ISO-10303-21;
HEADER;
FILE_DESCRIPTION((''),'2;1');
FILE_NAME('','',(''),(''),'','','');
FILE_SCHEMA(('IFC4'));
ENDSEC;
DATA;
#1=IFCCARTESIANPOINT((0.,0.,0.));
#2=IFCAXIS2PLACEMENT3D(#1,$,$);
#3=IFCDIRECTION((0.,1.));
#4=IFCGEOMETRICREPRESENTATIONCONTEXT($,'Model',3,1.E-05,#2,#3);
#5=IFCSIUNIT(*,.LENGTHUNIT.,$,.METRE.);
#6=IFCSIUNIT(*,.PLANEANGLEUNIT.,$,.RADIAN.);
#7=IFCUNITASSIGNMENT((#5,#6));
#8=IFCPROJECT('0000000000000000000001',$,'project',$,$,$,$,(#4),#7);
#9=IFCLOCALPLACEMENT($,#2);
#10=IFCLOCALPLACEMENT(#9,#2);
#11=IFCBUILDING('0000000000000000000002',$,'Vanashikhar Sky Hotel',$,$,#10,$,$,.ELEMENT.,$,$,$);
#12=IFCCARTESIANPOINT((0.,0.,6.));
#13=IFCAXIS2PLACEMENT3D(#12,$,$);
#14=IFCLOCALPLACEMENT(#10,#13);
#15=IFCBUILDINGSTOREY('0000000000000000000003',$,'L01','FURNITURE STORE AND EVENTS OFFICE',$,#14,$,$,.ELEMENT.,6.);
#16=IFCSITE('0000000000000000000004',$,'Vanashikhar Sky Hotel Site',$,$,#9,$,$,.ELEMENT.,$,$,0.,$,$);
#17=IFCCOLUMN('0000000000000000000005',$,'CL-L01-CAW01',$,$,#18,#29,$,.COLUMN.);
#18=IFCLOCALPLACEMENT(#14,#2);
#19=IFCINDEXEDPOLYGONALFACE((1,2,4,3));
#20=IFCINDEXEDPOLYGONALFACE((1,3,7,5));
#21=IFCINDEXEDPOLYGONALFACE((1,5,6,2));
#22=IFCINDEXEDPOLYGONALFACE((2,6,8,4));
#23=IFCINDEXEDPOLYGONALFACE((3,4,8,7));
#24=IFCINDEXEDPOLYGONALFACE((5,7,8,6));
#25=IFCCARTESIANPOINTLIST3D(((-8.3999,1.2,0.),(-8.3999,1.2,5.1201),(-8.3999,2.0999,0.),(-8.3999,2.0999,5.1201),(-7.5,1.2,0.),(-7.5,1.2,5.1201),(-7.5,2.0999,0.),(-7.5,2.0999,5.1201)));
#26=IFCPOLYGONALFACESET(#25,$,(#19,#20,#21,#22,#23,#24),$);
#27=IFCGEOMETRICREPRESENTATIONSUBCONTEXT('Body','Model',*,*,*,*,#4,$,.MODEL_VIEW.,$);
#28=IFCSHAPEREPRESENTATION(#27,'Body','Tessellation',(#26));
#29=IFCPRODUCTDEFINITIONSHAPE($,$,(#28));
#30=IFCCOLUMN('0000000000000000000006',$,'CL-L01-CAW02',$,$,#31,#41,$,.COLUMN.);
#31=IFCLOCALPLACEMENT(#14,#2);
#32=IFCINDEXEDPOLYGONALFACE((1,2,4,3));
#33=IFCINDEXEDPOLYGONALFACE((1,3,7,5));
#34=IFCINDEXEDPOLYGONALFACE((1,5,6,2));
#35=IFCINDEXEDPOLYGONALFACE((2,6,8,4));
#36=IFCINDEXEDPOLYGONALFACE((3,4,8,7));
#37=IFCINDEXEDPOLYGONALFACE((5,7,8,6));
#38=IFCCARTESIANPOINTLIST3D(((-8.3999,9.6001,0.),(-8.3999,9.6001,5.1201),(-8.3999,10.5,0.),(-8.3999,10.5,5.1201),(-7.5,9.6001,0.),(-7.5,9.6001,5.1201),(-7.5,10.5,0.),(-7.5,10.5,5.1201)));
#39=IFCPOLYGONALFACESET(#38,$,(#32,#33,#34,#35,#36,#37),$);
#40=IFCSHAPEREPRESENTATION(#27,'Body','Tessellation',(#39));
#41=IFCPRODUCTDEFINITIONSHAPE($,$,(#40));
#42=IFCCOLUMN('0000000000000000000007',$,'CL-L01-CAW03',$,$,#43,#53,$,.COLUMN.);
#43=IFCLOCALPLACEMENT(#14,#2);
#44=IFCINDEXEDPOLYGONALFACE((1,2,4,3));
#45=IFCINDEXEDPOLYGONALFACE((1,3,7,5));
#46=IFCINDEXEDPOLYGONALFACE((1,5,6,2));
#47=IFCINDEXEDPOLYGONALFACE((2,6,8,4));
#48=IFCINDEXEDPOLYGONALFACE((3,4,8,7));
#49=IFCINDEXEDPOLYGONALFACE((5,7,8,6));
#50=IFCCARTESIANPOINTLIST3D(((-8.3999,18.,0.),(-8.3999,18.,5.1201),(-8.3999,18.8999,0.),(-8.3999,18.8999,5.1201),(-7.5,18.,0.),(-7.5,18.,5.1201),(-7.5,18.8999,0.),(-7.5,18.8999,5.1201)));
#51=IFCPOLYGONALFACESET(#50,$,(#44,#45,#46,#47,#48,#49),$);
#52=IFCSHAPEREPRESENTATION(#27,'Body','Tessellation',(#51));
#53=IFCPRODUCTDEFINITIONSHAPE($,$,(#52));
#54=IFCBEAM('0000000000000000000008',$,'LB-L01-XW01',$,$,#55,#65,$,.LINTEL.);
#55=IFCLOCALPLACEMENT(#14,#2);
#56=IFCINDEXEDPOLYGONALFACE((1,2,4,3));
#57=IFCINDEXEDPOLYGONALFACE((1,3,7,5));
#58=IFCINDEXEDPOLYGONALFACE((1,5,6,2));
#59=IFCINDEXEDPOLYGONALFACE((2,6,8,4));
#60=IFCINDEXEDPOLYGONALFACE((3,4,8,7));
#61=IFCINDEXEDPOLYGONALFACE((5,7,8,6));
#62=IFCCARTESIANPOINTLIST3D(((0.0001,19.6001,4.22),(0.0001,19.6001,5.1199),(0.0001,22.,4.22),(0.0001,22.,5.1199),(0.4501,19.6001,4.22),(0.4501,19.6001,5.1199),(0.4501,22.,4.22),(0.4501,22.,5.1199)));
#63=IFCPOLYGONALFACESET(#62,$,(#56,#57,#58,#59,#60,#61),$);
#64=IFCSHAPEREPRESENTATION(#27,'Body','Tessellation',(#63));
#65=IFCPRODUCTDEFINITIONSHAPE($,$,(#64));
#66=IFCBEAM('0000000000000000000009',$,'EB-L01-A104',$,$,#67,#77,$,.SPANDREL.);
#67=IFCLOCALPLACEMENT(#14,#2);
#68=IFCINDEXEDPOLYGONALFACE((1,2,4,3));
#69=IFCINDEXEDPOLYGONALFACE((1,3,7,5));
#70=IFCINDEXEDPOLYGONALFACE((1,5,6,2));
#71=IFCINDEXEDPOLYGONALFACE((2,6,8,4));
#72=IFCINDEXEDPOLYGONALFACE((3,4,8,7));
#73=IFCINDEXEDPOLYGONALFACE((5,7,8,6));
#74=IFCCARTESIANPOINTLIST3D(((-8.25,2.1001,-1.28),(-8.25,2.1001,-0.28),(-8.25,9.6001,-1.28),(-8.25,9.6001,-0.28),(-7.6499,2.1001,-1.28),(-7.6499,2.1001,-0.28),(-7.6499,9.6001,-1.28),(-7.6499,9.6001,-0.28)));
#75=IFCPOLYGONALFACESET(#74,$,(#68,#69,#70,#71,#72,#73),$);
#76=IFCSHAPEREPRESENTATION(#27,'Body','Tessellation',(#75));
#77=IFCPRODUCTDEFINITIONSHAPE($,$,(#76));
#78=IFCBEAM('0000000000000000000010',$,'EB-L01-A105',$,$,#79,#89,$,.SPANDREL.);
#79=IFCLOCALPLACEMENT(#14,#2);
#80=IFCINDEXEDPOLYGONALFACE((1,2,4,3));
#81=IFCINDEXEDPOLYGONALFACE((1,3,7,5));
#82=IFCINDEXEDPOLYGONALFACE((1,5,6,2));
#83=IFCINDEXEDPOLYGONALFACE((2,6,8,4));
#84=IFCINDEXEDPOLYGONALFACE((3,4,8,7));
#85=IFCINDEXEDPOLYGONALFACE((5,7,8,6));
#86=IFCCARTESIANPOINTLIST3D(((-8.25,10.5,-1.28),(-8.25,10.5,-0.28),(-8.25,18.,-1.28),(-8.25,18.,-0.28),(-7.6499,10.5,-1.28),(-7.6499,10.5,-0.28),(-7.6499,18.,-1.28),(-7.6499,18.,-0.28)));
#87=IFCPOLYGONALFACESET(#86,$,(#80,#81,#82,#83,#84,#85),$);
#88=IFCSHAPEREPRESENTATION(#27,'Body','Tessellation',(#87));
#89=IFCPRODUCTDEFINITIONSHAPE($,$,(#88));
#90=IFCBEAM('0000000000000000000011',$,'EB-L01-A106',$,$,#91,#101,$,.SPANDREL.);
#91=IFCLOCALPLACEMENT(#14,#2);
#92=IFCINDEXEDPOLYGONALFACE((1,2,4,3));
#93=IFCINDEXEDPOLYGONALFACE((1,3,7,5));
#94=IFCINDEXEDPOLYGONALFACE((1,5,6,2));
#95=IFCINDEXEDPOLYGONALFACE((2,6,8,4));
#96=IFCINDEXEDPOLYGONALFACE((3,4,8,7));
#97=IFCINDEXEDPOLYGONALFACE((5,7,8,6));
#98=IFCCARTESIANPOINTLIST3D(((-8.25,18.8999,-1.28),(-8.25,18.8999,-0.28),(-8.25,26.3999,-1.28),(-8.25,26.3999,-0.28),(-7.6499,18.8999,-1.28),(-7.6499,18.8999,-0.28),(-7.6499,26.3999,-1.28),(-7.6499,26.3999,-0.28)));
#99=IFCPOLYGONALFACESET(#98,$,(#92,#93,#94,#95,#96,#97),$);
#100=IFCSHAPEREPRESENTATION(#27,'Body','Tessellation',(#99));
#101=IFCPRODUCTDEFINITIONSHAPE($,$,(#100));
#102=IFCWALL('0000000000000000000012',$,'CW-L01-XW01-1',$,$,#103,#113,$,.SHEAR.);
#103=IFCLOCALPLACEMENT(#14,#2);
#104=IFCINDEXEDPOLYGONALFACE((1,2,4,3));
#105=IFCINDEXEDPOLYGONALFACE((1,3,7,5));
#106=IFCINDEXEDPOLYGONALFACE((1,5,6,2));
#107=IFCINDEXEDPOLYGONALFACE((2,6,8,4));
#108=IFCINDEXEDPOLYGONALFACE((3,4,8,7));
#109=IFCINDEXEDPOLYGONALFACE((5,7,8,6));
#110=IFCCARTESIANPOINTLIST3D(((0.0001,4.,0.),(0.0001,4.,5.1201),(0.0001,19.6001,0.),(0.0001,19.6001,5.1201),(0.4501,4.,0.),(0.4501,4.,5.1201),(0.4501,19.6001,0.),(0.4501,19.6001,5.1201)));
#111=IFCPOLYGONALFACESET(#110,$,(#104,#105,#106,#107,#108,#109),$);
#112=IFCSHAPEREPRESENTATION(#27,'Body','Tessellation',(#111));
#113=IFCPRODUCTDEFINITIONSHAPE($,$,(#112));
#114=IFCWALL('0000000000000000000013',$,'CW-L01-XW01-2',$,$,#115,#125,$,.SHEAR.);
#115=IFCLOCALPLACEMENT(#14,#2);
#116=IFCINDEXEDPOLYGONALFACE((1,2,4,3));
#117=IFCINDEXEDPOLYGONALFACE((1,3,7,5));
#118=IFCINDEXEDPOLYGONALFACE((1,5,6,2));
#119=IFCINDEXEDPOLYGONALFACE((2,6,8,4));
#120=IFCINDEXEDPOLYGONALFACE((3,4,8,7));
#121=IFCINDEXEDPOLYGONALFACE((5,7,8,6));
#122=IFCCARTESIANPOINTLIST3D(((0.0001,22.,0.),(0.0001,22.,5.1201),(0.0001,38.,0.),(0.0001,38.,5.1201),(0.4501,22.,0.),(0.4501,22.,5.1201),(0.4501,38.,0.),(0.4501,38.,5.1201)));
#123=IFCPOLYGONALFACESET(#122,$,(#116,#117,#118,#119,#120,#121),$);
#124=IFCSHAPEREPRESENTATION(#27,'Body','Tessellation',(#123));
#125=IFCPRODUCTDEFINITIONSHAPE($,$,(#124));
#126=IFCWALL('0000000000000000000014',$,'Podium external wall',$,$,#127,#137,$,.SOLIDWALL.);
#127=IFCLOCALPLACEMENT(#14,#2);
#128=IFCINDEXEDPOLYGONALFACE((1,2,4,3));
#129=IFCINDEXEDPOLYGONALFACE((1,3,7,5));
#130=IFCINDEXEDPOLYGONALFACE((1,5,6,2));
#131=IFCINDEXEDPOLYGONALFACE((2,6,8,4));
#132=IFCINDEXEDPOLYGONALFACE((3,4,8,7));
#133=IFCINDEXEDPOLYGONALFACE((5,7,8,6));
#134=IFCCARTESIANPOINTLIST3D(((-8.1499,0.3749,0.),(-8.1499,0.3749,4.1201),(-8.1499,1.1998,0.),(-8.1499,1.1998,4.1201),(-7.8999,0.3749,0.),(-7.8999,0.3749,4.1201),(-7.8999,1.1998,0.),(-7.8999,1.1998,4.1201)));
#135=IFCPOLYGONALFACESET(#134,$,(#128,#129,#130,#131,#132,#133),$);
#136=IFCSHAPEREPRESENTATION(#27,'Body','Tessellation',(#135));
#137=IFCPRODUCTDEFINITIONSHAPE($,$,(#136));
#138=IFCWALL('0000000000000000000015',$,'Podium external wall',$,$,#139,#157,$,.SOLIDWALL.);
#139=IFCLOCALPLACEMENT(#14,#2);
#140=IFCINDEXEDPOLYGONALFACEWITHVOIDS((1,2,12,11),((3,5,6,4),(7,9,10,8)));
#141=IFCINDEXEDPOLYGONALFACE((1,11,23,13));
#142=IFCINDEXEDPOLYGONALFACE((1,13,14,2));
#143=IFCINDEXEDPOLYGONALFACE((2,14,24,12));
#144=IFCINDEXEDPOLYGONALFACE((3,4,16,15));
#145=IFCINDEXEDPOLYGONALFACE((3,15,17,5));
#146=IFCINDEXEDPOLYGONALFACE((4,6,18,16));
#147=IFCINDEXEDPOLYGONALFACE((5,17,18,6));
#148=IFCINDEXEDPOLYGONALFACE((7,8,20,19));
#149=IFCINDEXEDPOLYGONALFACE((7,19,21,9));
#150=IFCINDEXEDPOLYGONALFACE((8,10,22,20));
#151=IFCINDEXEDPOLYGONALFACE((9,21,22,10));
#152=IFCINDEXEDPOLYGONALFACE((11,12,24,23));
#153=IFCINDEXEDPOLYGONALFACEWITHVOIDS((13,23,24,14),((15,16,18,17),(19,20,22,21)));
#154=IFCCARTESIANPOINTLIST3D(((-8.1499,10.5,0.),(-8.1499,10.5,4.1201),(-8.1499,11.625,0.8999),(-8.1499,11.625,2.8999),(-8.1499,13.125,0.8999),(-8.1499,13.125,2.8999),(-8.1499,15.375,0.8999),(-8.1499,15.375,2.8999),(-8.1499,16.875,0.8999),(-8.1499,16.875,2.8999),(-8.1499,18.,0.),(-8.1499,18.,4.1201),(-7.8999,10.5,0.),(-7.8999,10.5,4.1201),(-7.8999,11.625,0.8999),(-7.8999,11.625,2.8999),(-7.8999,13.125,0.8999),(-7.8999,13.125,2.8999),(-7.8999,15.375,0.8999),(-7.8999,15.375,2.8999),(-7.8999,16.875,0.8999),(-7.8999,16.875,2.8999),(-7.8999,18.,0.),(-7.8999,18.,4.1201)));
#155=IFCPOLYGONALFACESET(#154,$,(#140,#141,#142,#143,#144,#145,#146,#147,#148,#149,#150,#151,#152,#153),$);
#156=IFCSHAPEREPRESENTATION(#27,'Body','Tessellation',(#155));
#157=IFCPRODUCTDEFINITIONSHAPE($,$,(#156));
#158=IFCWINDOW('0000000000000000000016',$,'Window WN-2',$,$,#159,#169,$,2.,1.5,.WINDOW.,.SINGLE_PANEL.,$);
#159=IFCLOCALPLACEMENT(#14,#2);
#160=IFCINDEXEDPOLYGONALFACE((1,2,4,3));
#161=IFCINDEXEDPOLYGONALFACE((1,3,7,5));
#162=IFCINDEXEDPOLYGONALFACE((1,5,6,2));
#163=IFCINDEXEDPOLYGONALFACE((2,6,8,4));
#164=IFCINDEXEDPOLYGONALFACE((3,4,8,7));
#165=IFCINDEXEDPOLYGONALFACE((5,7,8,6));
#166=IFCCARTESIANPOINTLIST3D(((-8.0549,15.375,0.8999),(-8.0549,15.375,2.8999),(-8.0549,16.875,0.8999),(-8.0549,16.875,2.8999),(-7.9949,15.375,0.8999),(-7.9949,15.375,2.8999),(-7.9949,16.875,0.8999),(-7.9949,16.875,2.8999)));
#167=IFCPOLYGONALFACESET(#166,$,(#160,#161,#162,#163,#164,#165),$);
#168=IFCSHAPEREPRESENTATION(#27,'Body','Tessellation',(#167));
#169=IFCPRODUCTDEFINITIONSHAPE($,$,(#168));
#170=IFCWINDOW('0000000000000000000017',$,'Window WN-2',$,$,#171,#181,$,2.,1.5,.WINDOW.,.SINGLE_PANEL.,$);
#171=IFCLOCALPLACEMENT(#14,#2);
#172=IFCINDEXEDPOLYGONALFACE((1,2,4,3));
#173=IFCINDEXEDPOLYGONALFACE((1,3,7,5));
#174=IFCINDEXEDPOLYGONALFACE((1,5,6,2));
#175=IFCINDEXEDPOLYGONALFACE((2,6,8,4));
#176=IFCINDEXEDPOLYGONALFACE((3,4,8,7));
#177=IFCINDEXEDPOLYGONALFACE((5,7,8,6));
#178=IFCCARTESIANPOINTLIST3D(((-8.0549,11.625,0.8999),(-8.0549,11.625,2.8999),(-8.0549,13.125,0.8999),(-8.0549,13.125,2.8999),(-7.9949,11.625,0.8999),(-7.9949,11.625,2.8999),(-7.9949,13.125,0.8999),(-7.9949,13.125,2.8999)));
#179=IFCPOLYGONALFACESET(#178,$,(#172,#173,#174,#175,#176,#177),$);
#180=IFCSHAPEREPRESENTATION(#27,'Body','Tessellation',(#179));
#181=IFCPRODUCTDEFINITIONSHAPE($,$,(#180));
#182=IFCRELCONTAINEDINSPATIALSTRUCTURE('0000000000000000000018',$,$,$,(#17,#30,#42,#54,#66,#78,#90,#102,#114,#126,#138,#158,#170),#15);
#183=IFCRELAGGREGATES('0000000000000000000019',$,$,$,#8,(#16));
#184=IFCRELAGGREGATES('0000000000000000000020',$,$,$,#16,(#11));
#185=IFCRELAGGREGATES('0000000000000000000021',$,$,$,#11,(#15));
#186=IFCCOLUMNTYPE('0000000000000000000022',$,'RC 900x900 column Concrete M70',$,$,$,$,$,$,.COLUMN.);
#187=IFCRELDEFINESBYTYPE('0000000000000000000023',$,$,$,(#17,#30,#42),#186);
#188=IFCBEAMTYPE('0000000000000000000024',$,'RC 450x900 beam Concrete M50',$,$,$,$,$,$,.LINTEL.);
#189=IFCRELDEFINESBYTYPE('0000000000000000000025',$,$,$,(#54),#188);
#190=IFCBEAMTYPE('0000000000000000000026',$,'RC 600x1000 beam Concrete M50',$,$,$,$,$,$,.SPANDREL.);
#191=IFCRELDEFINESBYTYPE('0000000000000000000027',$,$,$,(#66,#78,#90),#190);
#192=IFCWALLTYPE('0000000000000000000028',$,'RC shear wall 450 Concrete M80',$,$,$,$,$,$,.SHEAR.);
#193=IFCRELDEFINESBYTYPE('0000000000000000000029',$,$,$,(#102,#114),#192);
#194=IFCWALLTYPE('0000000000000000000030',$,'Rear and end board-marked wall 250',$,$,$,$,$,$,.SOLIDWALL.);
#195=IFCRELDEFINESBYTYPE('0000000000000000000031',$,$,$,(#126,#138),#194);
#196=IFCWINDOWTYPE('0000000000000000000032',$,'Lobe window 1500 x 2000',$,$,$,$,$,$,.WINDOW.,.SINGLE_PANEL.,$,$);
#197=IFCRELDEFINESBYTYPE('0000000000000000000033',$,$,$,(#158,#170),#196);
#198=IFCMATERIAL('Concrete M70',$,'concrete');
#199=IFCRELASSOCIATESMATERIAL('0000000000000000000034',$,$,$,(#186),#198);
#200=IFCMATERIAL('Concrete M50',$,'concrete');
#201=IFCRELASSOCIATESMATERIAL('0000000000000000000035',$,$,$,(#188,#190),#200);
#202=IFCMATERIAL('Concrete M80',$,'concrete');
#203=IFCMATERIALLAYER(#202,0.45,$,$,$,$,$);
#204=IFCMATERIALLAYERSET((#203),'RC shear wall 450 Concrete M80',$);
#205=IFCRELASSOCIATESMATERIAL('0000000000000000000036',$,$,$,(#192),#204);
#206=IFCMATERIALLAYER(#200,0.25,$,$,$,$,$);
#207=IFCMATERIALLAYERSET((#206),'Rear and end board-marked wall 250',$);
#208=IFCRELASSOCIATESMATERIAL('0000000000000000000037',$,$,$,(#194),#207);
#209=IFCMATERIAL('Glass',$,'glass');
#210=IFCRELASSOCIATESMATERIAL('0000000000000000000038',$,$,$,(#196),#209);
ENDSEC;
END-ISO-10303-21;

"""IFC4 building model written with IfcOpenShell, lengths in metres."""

from ifc_helpers import new_model, si_unit, direction, frame, frame_2d, origin, origin_2d, place, context, subcontext, project, spatial, rectangle, extrude, source, transform, mapped, material, layer, layer_set, material_profile, profile_set, type_object, element, fill, save


model = new_model("IFC4")

# Units and contexts
model_context = context("Model", 3, precision=1e-05, world=origin(), true_north=direction((0.0, 1.0)))
body_context = subcontext(model_context, "Body", "Model", "MODEL_VIEW")
ifc_project = project(units=[si_unit("LENGTHUNIT", "METRE"), si_unit("PLANEANGLEUNIT", "RADIAN")], contexts=[model_context])

# Site, building, storey
site_placement = place(None, origin())
site = spatial("IfcSite", under=ifc_project, at=site_placement, Name="Vanashikhar Sky Hotel Site", CompositionType="ELEMENT", RefElevation=0.0)
building_placement = place(site_placement, origin())
building = spatial("IfcBuilding", under=site, at=building_placement, Name="Vanashikhar Sky Hotel", CompositionType="ELEMENT")
storey_placement = place(building_placement, frame((0.0, 0.0, 6.0)))
storey = spatial("IfcBuildingStorey", under=building, at=storey_placement, Name="L01", Description="FURNITURE STORE AND EVENTS OFFICE", CompositionType="ELEMENT", Elevation=6.0)

# Columns
ifc_material_1 = material(Name="Concrete M70", Category="concrete")
ifc_material_profile_1 = material_profile(ifc_material_1, rectangle(XDim=0.8999, YDim=0.8999, at=origin_2d()))
ifc_profile_set_1 = profile_set([ifc_material_profile_1], Name="RC 900x900 column Concrete M70")
column_type = type_object("IfcColumnType", Name="RC 900x900 column Concrete M70", PredefinedType="COLUMN", material=ifc_profile_set_1)
shared_shape_1 = source(origin(), body_context, "Body", "SweptSolid", [
    extrude(rectangle(XDim=0.8999, YDim=0.8999, at=origin_2d()), origin(), (0.0, 0.0, 1.0), 5.1201),
])
for number, where, z_axis, x_axis, name in (
    (1, (-7.95, 1.6499, 0.0), (0.0, 0.0, 1.0), (1.0, 0.0, 0.0), "CL-L01-CAW01"),
    (2, (-7.95, 10.05, 0.0), (0.0, 0.0, 1.0), (1.0, 0.0, 0.0), "CL-L01-CAW02"),
    (3, (-7.95, 18.45, 0.0), (0.0, 0.0, 1.0), (1.0, 0.0, 0.0), "CL-L01-CAW03"),
):
    element("IfcColumn", number, at=place(storey_placement, frame(where, z_axis=z_axis, x_axis=x_axis)), inside=storey, type_object=column_type, Name=name, PredefinedType="COLUMN", context=body_context, shape_type="MappedRepresentation", body=[
        mapped(shared_shape_1, transform((0.0, 0.0, 0.0), scale=1.0)),
    ])

# Beams
ifc_material_2 = material(Name="Concrete M50", Category="concrete")
ifc_material_profile_2 = material_profile(ifc_material_2, rectangle(XDim=0.45, YDim=0.8999, at=origin_2d()))
ifc_profile_set_2 = profile_set([ifc_material_profile_2], Name="RC 450x900 beam Concrete M50")
beam_type_1 = type_object("IfcBeamType", Name="RC 450x900 beam Concrete M50", PredefinedType="LINTEL", material=ifc_profile_set_2)
shared_shape_2 = source(origin(), body_context, "Body", "SweptSolid", [
    extrude(rectangle(XDim=0.45, YDim=0.8999, at=origin_2d()), origin(), (0.0, 0.0, 1.0), 2.3999),
])
beam_placement = place(storey_placement, frame((0.2251, 19.6001, 4.6699), z_axis=(0.0, 1.0, 0.0), x_axis=(-1.0, 0.0, 0.0)))
element("IfcBeam", 4, at=beam_placement, inside=storey, type_object=beam_type_1, Name="LB-L01-XW01", PredefinedType="LINTEL", context=body_context, shape_type="MappedRepresentation", body=[
    mapped(shared_shape_2, transform((0.0, 0.0, 0.0), scale=1.0)),
])
ifc_material_profile_3 = material_profile(ifc_material_2, rectangle(XDim=0.6001, YDim=1.0, at=origin_2d()))
ifc_profile_set_3 = profile_set([ifc_material_profile_3], Name="RC 600x1000 beam Concrete M50")
beam_type_2 = type_object("IfcBeamType", Name="RC 600x1000 beam Concrete M50", PredefinedType="SPANDREL", material=ifc_profile_set_3)
shared_shape_3 = source(origin(), body_context, "Body", "SweptSolid", [
    extrude(rectangle(XDim=0.6001, YDim=1.0, at=origin_2d()), origin(), (0.0, 0.0, 1.0), 7.5),
])
for number, where, z_axis, x_axis, name in (
    (5, (-7.95, 2.1001, -0.78), (0.0, 1.0, 0.0), (-1.0, 0.0, 0.0), "EB-L01-A104"),
    (6, (-7.95, 10.5, -0.78), (0.0, 1.0, 0.0), (-1.0, 0.0, 0.0), "EB-L01-A105"),
    (7, (-7.95, 18.8999, -0.78), (0.0, 1.0, 0.0), (-1.0, 0.0, 0.0), "EB-L01-A106"),
):
    element("IfcBeam", number, at=place(storey_placement, frame(where, z_axis=z_axis, x_axis=x_axis)), inside=storey, type_object=beam_type_2, Name=name, PredefinedType="SPANDREL", context=body_context, shape_type="MappedRepresentation", body=[
        mapped(shared_shape_3, transform((0.0, 0.0, 0.0), scale=1.0)),
    ])

# Walls
ifc_material_3 = material(Name="Concrete M80", Category="concrete")
ifc_layer_1 = layer(ifc_material_3, 0.45)
ifc_layer_set_1 = layer_set([ifc_layer_1], Name="RC shear wall 450 Concrete M80")
wall_type_1 = type_object("IfcWallType", Name="RC shear wall 450 Concrete M80", PredefinedType="SHEAR", material=ifc_layer_set_1)
shared_shape_4 = source(origin(), body_context, "Body", "SweptSolid", [
    extrude(rectangle(XDim=15.6001, YDim=0.45, at=frame_2d((7.8, 0.0))), origin(), (0.0, 0.0, 1.0), 5.1201),
])
wall_1_placement = place(storey_placement, frame((0.2251, 4.0, 0.0), z_axis=(0.0, 0.0, 1.0), x_axis=(0.0, 1.0, 0.0)))
element("IfcWall", 8, at=wall_1_placement, inside=storey, type_object=wall_type_1, Name="CW-L01-XW01-1", PredefinedType="SHEAR", context=body_context, shape_type="MappedRepresentation", body=[
    mapped(shared_shape_4, transform((0.0, 0.0, 0.0), scale=1.0)),
])
shared_shape_5 = source(origin(), body_context, "Body", "SweptSolid", [
    extrude(rectangle(XDim=16.0, YDim=0.45, at=frame_2d((8.0, 0.0))), origin(), (0.0, 0.0, 1.0), 5.1201),
])
wall_2_placement = place(storey_placement, frame((0.2251, 22.0, 0.0), z_axis=(0.0, 0.0, 1.0), x_axis=(0.0, 1.0, 0.0)))
element("IfcWall", 9, at=wall_2_placement, inside=storey, type_object=wall_type_1, Name="CW-L01-XW01-2", PredefinedType="SHEAR", context=body_context, shape_type="MappedRepresentation", body=[
    mapped(shared_shape_5, transform((0.0, 0.0, 0.0), scale=1.0)),
])
ifc_layer_2 = layer(ifc_material_2, 0.25)
ifc_layer_set_2 = layer_set([ifc_layer_2], Name="Rear and end board-marked wall 250")
wall_type_2 = type_object("IfcWallType", Name="Rear and end board-marked wall 250", PredefinedType="SOLIDWALL", material=ifc_layer_set_2)
shared_shape_6 = source(origin(), body_context, "Body", "SweptSolid", [
    extrude(rectangle(XDim=0.825, YDim=0.25, at=frame_2d((0.4126, 0.0))), origin(), (0.0, 0.0, 1.0), 4.1201),
])
wall_3_placement = place(storey_placement, frame((-8.0249, 1.2, 0.0), z_axis=(0.0, 0.0, 1.0), x_axis=(0.0, -1.0, 0.0)))
element("IfcWall", 10, at=wall_3_placement, inside=storey, type_object=wall_type_2, Name="Podium external wall", PredefinedType="SOLIDWALL", context=body_context, shape_type="MappedRepresentation", body=[
    mapped(shared_shape_6, transform((0.0, 0.0, 0.0), scale=1.0)),
])

# Wall, openings, windows
shared_shape_7 = source(origin(), body_context, "Body", "SweptSolid", [
    extrude(rectangle(XDim=7.5, YDim=0.25, at=frame_2d((3.75, 0.0))), origin(), (0.0, 0.0, 1.0), 4.1201),
])
wall_4_placement = place(storey_placement, frame((-8.0249, 18.0, 0.0), z_axis=(0.0, 0.0, 1.0), x_axis=(0.0, -1.0, 0.0)))
wall_4 = element("IfcWall", 11, at=wall_4_placement, inside=storey, type_object=wall_type_2, Name="Podium external wall", PredefinedType="SOLIDWALL", context=body_context, shape_type="MappedRepresentation", body=[
    mapped(shared_shape_7, transform((0.0, 0.0, 0.0), scale=1.0)),
])
shared_shape_8 = source(origin(), body_context, "Body", "SweptSolid", [
    extrude(rectangle(XDim=1.5, YDim=2.0, at=frame_2d((0.75, 1.0))), frame((0.0, 0.135, 0.0), z_axis=(0.0, -1.0, 0.0), x_axis=(1.0, 0.0, 0.0)), (0.0, 0.0, 1.0), 0.27),
])
opening_1_placement = place(wall_4_placement, frame((1.125, 0.0, 0.8999)))
opening_1 = element("IfcOpeningElement", 12, at=opening_1_placement, cuts=wall_4, PredefinedType="OPENING", context=body_context, shape_type="MappedRepresentation", body=[
    mapped(shared_shape_8, transform((0.0, 0.0, 0.0), scale=1.0)),
])
opening_2_placement = place(wall_4_placement, frame((4.875, 0.0, 0.8999)))
opening_2 = element("IfcOpeningElement", 13, at=opening_2_placement, cuts=wall_4, PredefinedType="OPENING", context=body_context, shape_type="MappedRepresentation", body=[
    mapped(shared_shape_8, transform((0.0, 0.0, 0.0), scale=1.0)),
])
ifc_material_4 = material(Name="Glass", Category="glass")
window_type = type_object("IfcWindowType", Name="Lobe window 1500 x 2000", PartitioningType="SINGLE_PANEL", PredefinedType="WINDOW", material=ifc_material_4)
shared_shape_9 = source(origin(), body_context, "Body", "SweptSolid", [
    extrude(rectangle(XDim=1.5, YDim=2.0, at=frame_2d((0.75, 1.0))), frame((0.0, 0.03, 0.0), z_axis=(0.0, -1.0, 0.0), x_axis=(1.0, 0.0, 0.0)), (0.0, 0.0, 1.0), 0.0601),
])
window_1_placement = place(opening_1_placement, origin())
window_1 = element("IfcWindow", 14, at=window_1_placement, inside=storey, type_object=window_type, Name="Window WN-2", OverallHeight=2.0, OverallWidth=1.5, PartitioningType="SINGLE_PANEL", PredefinedType="WINDOW", context=body_context, shape_type="MappedRepresentation", body=[
    mapped(shared_shape_9, transform((0.0, 0.0, 0.0), scale=1.0)),
])
fill(opening_1, window_1)
window_2_placement = place(opening_2_placement, origin())
window_2 = element("IfcWindow", 15, at=window_2_placement, inside=storey, type_object=window_type, Name="Window WN-2", OverallHeight=2.0, OverallWidth=1.5, PartitioningType="SINGLE_PANEL", PredefinedType="WINDOW", context=body_context, shape_type="MappedRepresentation", body=[
    mapped(shared_shape_9, transform((0.0, 0.0, 0.0), scale=1.0)),
])
fill(opening_2, window_2)

save(model, "model.ifc")
